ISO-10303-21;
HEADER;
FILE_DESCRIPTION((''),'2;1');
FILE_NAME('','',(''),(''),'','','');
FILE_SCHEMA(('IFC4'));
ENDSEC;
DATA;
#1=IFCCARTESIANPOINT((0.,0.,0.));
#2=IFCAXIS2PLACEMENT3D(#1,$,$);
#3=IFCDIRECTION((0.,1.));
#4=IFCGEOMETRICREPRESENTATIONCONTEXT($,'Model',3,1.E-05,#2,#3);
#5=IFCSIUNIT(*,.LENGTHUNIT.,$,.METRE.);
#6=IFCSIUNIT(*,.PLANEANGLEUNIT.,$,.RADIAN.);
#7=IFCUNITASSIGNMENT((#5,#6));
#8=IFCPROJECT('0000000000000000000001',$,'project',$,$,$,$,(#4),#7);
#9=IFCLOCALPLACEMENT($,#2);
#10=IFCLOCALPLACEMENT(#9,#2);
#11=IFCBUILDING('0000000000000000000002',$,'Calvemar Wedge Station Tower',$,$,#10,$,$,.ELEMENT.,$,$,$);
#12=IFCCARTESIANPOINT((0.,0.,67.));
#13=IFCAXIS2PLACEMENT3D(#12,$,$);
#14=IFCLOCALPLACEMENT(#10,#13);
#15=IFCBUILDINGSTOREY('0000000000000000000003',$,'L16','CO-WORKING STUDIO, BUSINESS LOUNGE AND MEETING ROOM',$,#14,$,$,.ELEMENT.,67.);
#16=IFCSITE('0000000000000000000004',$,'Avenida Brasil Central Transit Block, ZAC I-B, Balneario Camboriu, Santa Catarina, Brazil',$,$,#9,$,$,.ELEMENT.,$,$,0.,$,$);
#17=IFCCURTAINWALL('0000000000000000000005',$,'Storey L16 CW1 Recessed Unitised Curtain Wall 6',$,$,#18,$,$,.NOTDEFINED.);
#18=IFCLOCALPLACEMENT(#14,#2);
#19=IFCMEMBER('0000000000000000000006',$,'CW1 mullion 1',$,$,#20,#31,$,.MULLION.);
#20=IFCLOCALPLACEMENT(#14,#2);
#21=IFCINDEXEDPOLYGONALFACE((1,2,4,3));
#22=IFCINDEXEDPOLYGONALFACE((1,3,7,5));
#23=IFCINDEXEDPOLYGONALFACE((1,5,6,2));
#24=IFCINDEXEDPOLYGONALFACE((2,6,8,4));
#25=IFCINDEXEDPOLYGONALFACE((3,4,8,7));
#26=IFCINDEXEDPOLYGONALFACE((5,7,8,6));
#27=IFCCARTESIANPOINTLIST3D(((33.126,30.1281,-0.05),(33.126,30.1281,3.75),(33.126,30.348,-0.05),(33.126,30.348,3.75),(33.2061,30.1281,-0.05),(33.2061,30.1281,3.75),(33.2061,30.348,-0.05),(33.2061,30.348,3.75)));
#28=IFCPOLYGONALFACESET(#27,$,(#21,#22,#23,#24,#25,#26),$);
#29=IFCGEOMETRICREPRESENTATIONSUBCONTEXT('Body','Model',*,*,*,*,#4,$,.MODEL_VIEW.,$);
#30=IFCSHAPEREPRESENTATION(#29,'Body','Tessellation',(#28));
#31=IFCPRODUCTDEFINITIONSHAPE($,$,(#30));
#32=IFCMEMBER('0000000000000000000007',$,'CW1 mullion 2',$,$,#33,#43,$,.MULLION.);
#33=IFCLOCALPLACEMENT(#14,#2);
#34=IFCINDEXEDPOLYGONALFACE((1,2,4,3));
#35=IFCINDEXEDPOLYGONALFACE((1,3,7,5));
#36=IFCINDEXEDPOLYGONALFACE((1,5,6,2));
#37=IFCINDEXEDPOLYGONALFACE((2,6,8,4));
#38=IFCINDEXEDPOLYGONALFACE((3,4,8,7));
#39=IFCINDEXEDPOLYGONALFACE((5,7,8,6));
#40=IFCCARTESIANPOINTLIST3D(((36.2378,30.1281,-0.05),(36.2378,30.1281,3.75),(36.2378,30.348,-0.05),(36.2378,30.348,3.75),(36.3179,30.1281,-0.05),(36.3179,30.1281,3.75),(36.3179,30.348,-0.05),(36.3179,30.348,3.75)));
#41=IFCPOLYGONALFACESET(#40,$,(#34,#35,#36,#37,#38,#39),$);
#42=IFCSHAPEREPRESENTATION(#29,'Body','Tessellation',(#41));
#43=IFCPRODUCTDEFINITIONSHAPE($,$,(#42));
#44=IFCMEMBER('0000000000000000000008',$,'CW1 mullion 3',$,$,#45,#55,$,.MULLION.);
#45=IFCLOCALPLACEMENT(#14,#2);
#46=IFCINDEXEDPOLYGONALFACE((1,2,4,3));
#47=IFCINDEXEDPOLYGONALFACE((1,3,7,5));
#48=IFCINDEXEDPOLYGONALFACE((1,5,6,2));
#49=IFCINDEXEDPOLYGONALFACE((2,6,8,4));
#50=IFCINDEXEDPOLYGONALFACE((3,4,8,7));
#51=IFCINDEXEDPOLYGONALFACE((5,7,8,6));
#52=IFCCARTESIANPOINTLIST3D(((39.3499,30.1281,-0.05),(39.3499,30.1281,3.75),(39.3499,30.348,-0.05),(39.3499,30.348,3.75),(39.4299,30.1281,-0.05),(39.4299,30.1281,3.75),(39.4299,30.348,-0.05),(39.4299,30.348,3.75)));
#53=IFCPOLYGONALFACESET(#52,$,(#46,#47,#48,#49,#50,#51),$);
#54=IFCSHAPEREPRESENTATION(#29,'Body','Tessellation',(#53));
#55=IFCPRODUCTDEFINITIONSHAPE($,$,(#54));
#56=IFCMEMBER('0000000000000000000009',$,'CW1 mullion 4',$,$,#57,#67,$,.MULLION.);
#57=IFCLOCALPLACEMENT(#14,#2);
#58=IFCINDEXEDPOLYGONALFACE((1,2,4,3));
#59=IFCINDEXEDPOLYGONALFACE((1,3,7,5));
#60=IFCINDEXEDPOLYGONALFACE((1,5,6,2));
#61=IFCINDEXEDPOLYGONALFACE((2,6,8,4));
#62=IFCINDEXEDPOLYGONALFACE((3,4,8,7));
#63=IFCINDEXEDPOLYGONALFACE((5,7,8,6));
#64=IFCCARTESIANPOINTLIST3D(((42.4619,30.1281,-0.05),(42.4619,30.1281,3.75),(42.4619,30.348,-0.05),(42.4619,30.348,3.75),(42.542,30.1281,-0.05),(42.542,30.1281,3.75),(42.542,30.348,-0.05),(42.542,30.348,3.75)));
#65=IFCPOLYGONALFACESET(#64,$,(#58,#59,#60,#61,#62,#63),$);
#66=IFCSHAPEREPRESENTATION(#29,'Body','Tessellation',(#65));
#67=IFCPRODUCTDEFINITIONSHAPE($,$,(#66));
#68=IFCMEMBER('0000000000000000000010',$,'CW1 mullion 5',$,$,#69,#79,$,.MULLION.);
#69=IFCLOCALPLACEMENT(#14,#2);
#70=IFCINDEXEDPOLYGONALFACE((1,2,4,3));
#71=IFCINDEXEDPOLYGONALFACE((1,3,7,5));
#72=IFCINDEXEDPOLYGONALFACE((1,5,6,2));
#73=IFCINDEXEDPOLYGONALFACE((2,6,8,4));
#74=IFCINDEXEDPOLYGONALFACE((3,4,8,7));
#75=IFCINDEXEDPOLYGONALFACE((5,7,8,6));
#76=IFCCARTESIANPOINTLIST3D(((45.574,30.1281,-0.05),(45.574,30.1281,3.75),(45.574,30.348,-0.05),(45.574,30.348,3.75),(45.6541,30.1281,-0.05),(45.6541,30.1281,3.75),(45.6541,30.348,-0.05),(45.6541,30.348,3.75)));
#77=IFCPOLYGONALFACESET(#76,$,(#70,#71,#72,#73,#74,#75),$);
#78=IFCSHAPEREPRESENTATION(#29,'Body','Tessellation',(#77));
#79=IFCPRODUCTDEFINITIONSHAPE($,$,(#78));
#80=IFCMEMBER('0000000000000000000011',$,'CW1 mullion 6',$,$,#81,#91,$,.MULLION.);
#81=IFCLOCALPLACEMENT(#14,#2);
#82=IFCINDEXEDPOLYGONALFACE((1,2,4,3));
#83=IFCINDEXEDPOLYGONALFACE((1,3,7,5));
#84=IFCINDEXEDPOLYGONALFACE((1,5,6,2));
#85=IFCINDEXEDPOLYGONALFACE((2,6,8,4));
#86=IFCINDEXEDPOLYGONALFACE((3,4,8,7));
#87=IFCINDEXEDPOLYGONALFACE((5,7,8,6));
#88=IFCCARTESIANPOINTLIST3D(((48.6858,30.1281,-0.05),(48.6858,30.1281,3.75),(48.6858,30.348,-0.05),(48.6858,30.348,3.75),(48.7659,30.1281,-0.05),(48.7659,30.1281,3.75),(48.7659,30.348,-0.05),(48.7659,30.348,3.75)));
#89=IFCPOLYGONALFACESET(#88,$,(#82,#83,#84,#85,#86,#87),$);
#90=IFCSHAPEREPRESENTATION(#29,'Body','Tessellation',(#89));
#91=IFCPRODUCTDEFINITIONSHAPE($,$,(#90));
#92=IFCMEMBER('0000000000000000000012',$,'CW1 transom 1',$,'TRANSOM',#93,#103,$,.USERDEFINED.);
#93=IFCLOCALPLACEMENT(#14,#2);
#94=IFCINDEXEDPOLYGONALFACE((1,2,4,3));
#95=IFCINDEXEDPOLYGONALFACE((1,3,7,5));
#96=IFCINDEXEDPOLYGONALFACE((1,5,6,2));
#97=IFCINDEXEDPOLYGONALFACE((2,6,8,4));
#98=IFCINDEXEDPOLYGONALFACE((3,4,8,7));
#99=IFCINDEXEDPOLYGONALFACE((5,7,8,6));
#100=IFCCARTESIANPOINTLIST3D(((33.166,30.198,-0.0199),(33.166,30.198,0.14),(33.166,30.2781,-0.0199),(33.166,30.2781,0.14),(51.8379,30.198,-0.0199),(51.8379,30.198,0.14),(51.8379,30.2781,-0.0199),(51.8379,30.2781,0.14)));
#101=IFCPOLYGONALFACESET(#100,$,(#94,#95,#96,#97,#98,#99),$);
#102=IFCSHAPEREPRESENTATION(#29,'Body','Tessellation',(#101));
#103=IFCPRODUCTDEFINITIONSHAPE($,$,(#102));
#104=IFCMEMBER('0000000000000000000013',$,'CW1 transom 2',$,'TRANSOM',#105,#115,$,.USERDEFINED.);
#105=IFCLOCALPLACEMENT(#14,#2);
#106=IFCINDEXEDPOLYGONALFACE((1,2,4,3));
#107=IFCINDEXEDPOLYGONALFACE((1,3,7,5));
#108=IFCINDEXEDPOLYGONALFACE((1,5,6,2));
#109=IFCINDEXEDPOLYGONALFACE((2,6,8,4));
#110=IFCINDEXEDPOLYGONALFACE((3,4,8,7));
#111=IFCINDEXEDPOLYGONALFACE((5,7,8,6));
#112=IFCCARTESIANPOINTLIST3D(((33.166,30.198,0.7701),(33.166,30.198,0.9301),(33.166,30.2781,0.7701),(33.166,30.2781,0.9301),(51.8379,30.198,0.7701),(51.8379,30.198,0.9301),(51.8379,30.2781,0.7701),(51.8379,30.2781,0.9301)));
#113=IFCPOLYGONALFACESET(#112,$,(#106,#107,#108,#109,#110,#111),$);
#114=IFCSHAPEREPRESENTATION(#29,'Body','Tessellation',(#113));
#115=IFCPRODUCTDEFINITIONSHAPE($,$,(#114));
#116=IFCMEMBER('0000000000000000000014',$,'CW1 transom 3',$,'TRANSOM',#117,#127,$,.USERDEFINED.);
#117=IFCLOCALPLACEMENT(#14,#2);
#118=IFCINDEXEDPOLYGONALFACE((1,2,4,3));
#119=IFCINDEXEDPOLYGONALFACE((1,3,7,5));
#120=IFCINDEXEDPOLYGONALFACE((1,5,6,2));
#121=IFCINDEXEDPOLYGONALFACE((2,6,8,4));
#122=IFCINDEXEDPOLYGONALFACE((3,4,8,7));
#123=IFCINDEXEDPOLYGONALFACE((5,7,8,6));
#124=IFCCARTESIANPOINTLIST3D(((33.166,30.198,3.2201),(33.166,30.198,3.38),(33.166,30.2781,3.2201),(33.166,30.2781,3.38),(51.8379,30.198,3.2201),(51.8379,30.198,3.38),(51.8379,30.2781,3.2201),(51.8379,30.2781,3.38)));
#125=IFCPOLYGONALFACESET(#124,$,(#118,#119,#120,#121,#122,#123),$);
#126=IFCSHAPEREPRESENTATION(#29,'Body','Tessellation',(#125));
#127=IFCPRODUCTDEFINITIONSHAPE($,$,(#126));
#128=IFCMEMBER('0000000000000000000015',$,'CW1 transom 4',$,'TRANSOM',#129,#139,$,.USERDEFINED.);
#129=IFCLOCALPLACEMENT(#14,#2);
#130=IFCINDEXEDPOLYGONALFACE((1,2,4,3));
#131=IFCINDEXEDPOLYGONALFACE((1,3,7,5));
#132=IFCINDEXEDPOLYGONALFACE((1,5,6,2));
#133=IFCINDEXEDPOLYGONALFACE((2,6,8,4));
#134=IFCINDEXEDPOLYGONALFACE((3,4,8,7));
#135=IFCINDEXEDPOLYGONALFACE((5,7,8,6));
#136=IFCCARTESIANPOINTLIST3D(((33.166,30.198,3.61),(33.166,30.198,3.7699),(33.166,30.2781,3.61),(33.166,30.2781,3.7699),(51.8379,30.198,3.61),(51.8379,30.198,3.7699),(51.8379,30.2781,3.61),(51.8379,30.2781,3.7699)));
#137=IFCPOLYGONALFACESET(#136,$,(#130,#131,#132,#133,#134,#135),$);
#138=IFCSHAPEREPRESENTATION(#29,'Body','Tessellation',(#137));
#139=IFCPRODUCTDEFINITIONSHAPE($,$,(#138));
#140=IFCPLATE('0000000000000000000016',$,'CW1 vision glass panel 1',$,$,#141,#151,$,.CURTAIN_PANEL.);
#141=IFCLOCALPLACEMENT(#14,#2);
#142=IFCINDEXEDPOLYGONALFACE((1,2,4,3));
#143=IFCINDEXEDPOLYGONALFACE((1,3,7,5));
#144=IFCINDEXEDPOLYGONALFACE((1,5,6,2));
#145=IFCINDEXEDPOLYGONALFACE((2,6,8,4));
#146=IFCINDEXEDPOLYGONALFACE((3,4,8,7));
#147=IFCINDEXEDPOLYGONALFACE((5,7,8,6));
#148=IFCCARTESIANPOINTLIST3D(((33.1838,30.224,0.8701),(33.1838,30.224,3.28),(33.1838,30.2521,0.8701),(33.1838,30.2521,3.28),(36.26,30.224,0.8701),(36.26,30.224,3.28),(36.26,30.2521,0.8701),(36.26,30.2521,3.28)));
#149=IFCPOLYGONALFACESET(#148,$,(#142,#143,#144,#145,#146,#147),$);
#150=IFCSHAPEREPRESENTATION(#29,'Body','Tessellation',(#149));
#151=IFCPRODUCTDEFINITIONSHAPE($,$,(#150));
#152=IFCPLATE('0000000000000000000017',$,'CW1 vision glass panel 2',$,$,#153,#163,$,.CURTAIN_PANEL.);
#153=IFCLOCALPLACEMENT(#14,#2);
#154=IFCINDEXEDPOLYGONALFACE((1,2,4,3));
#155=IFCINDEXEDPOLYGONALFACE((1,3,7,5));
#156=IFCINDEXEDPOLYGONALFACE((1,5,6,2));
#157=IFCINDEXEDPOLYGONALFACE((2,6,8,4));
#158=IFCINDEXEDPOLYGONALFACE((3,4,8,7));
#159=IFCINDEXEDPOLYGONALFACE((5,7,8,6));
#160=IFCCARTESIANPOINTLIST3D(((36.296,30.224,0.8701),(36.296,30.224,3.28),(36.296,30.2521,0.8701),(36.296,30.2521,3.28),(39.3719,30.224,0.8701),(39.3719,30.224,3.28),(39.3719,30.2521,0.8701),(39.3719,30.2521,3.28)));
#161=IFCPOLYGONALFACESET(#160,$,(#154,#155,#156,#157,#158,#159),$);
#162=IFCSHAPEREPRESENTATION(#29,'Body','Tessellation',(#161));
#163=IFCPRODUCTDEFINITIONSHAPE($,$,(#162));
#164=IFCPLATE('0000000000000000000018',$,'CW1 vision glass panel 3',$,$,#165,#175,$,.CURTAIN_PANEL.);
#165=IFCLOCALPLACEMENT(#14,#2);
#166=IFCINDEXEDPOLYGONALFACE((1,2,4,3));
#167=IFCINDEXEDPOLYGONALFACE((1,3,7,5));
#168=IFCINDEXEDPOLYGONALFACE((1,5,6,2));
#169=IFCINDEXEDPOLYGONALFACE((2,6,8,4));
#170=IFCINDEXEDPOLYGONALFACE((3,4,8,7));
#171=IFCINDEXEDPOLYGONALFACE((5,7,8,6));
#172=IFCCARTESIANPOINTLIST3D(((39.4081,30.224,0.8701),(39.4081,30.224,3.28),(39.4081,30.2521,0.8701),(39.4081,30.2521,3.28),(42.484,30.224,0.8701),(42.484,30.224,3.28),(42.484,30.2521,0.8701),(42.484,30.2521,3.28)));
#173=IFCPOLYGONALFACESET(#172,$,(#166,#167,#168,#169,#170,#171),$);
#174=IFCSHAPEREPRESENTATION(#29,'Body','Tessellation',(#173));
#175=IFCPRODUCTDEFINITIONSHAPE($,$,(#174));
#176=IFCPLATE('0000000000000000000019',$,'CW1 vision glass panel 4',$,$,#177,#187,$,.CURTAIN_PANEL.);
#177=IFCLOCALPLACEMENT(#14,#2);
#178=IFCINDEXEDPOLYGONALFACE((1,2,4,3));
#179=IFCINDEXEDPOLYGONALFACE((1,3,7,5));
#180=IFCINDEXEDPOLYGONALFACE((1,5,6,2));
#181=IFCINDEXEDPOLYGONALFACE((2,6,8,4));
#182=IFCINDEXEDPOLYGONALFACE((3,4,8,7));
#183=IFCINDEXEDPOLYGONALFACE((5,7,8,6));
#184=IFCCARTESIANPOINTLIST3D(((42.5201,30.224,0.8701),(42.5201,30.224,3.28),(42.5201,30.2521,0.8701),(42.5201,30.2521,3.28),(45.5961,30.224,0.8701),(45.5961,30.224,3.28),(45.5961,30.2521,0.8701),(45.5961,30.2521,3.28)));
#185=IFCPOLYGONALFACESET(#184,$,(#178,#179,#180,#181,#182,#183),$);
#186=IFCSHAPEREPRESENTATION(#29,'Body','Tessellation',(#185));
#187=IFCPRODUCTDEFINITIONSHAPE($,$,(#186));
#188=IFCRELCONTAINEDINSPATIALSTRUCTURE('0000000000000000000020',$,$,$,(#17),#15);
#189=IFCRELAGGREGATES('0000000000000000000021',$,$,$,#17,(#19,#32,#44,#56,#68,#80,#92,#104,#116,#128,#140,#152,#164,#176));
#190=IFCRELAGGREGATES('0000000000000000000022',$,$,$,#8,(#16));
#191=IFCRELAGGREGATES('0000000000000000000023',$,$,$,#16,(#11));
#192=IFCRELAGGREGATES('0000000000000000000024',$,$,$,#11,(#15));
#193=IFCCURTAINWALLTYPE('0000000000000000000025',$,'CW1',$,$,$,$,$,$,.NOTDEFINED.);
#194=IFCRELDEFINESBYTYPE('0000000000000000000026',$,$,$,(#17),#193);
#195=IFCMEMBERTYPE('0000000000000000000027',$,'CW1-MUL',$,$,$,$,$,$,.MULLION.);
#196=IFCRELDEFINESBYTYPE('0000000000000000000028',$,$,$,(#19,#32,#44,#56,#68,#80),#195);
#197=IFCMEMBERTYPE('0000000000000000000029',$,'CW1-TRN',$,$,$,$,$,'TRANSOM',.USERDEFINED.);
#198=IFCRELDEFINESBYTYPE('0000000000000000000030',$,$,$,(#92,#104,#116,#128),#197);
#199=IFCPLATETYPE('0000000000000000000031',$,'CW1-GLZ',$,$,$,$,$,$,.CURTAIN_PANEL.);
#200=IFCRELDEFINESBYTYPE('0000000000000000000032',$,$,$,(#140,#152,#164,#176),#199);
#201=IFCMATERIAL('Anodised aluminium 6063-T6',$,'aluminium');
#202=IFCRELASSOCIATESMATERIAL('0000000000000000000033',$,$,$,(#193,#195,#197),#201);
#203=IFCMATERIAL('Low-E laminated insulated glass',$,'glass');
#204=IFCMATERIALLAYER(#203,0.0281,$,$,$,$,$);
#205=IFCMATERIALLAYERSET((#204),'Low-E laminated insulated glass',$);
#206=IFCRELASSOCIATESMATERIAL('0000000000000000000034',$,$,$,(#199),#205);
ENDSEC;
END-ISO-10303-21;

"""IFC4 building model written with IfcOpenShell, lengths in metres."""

from ifc_helpers import new_model, si_unit, direction, frame, frame_2d, origin, origin_2d, place, context, subcontext, project, spatial, rectangle, extrude, source, transform, mapped, material, layer, layer_set, material_profile, profile_set, type_object, element, aggregate, save


model = new_model("IFC4")

# Units and contexts
model_context = context("Model", 3, precision=1e-05, world=origin(), true_north=direction((0.0, 1.0)))
body_context = subcontext(model_context, "Body", "Model", "MODEL_VIEW")
ifc_project = project(units=[si_unit("LENGTHUNIT", "METRE"), si_unit("PLANEANGLEUNIT", "RADIAN")], contexts=[model_context])

# Site, building, storey
site_placement = place(None, origin())
site = spatial("IfcSite", under=ifc_project, at=site_placement, Name="Avenida Brasil Central Transit Block, ZAC I-B, Balneario Camboriu, Santa Catarina, Brazil", CompositionType="ELEMENT", RefElevation=0.0)
building_placement = place(site_placement, origin())
building = spatial("IfcBuilding", under=site, at=building_placement, Name="Calvemar Wedge Station Tower", CompositionType="ELEMENT")
storey_placement = place(building_placement, frame((0.0, 0.0, 67.0)))
storey = spatial("IfcBuildingStorey", under=building, at=storey_placement, Name="L16", Description="CO-WORKING STUDIO, BUSINESS LOUNGE AND MEETING ROOM", CompositionType="ELEMENT", Elevation=67.0)

# Curtain wall, members, plates
ifc_material_1 = material(Name="Anodised aluminium 6063-T6", Category="aluminium")
curtain_wall_type = type_object("IfcCurtainWallType", Name="CW1", PredefinedType="NOTDEFINED", material=ifc_material_1)
curtain_wall_placement = place(storey_placement, origin())
curtain_wall = element("IfcCurtainWall", 1, at=curtain_wall_placement, inside=storey, type_object=curtain_wall_type, Name="Storey L16 CW1 Recessed Unitised Curtain Wall 6", PredefinedType="NOTDEFINED")
ifc_material_profile_1 = material_profile(ifc_material_1, rectangle(XDim=0.0801, YDim=0.22, at=origin_2d()), Name="AL-MUL-80x220")
ifc_profile_set_1 = profile_set([ifc_material_profile_1], Name="Anodised aluminium 6063-T6")
member_type_1 = type_object("IfcMemberType", Name="CW1-MUL", PredefinedType="MULLION", material=ifc_profile_set_1)
shared_shape_1 = source(origin(), body_context, "Body", "SweptSolid", [
    extrude(rectangle(XDim=0.0801, YDim=0.22, at=origin_2d()), origin(), (0.0, 0.0, 1.0), 3.8),
])
member_1_placement = place(storey_placement, frame((33.166, 30.238, -0.05), z_axis=(0.0, 0.0, 1.0), x_axis=(1.0, 0.0, 0.0)))
member_1 = element("IfcMember", 2, at=member_1_placement, type_object=member_type_1, Name="CW1 mullion 1", PredefinedType="MULLION", context=body_context, shape_type="MappedRepresentation", body=[
    mapped(shared_shape_1, transform((0.0, 0.0, 0.0), scale=1.0)),
])
member_2_placement = place(storey_placement, frame((36.2778, 30.238, -0.05), z_axis=(0.0, 0.0, 1.0), x_axis=(1.0, 0.0, 0.0)))
member_2 = element("IfcMember", 3, at=member_2_placement, type_object=member_type_1, Name="CW1 mullion 2", PredefinedType="MULLION", context=body_context, shape_type="MappedRepresentation", body=[
    mapped(shared_shape_1, transform((0.0, 0.0, 0.0), scale=1.0)),
])
member_3_placement = place(storey_placement, frame((39.3899, 30.238, -0.05), z_axis=(0.0, 0.0, 1.0), x_axis=(1.0, 0.0, 0.0)))
member_3 = element("IfcMember", 4, at=member_3_placement, type_object=member_type_1, Name="CW1 mullion 3", PredefinedType="MULLION", context=body_context, shape_type="MappedRepresentation", body=[
    mapped(shared_shape_1, transform((0.0, 0.0, 0.0), scale=1.0)),
])
member_4_placement = place(storey_placement, frame((42.502, 30.238, -0.05), z_axis=(0.0, 0.0, 1.0), x_axis=(1.0, 0.0, 0.0)))
member_4 = element("IfcMember", 5, at=member_4_placement, type_object=member_type_1, Name="CW1 mullion 4", PredefinedType="MULLION", context=body_context, shape_type="MappedRepresentation", body=[
    mapped(shared_shape_1, transform((0.0, 0.0, 0.0), scale=1.0)),
])
member_5_placement = place(storey_placement, frame((45.614, 30.238, -0.05), z_axis=(0.0, 0.0, 1.0), x_axis=(1.0, 0.0, 0.0)))
member_5 = element("IfcMember", 6, at=member_5_placement, type_object=member_type_1, Name="CW1 mullion 5", PredefinedType="MULLION", context=body_context, shape_type="MappedRepresentation", body=[
    mapped(shared_shape_1, transform((0.0, 0.0, 0.0), scale=1.0)),
])
member_6_placement = place(storey_placement, frame((48.7258, 30.238, -0.05), z_axis=(0.0, 0.0, 1.0), x_axis=(1.0, 0.0, 0.0)))
member_6 = element("IfcMember", 7, at=member_6_placement, type_object=member_type_1, Name="CW1 mullion 6", PredefinedType="MULLION", context=body_context, shape_type="MappedRepresentation", body=[
    mapped(shared_shape_1, transform((0.0, 0.0, 0.0), scale=1.0)),
])
ifc_material_profile_2 = material_profile(ifc_material_1, rectangle(XDim=0.0801, YDim=0.1599, at=origin_2d()), Name="AL-TRN-80x160")
ifc_profile_set_2 = profile_set([ifc_material_profile_2], Name="Anodised aluminium 6063-T6")
member_type_2 = type_object("IfcMemberType", Name="CW1-TRN", ElementType="TRANSOM", PredefinedType="USERDEFINED", material=ifc_profile_set_2)
shared_shape_2 = source(origin(), body_context, "Body", "SweptSolid", [
    extrude(rectangle(XDim=0.0801, YDim=0.1599, at=origin_2d()), origin(), (0.0, 0.0, 1.0), 18.6719),
])
member_7_placement = place(storey_placement, frame((33.166, 30.238, 0.0601), z_axis=(1.0, 0.0, 0.0), x_axis=(0.0, 1.0, 0.0)))
member_7 = element("IfcMember", 8, at=member_7_placement, type_object=member_type_2, Name="CW1 transom 1", ObjectType="TRANSOM", PredefinedType="USERDEFINED", context=body_context, shape_type="MappedRepresentation", body=[
    mapped(shared_shape_2, transform((0.0, 0.0, 0.0), scale=1.0)),
])
member_8_placement = place(storey_placement, frame((33.166, 30.238, 0.8501), z_axis=(1.0, 0.0, 0.0), x_axis=(0.0, 1.0, 0.0)))
member_8 = element("IfcMember", 9, at=member_8_placement, type_object=member_type_2, Name="CW1 transom 2", ObjectType="TRANSOM", PredefinedType="USERDEFINED", context=body_context, shape_type="MappedRepresentation", body=[
    mapped(shared_shape_2, transform((0.0, 0.0, 0.0), scale=1.0)),
])
member_9_placement = place(storey_placement, frame((33.166, 30.238, 3.3), z_axis=(1.0, 0.0, 0.0), x_axis=(0.0, 1.0, 0.0)))
member_9 = element("IfcMember", 10, at=member_9_placement, type_object=member_type_2, Name="CW1 transom 3", ObjectType="TRANSOM", PredefinedType="USERDEFINED", context=body_context, shape_type="MappedRepresentation", body=[
    mapped(shared_shape_2, transform((0.0, 0.0, 0.0), scale=1.0)),
])
member_10_placement = place(storey_placement, frame((33.166, 30.238, 3.6899), z_axis=(1.0, 0.0, 0.0), x_axis=(0.0, 1.0, 0.0)))
member_10 = element("IfcMember", 11, at=member_10_placement, type_object=member_type_2, Name="CW1 transom 4", ObjectType="TRANSOM", PredefinedType="USERDEFINED", context=body_context, shape_type="MappedRepresentation", body=[
    mapped(shared_shape_2, transform((0.0, 0.0, 0.0), scale=1.0)),
])
ifc_material_2 = material(Name="Low-E laminated insulated glass", Category="glass")
ifc_layer_1 = layer(ifc_material_2, 0.0281)
ifc_layer_set_1 = layer_set([ifc_layer_1], Name="Low-E laminated insulated glass")
plate_type_1 = type_object("IfcPlateType", Name="CW1-GLZ", PredefinedType="CURTAIN_PANEL", material=ifc_layer_set_1)
plate_1_placement = place(storey_placement, frame((33.1838, 30.238, 0.8701), z_axis=(0.0, 0.0, 1.0), x_axis=(1.0, 0.0, 0.0)))
plate_1 = element("IfcPlate", 12, at=plate_1_placement, type_object=plate_type_1, Name="CW1 vision glass panel 1", PredefinedType="CURTAIN_PANEL", context=body_context, shape_type="SweptSolid", body=[
    extrude(rectangle(XDim=3.0762, YDim=0.0281, at=frame_2d((1.5381, 0.0))), origin(), (0.0, 0.0, 1.0), 2.4099),
])
plate_2_placement = place(storey_placement, frame((36.2959, 30.238, 0.8701), z_axis=(0.0, 0.0, 1.0), x_axis=(1.0, 0.0, 0.0)))
plate_2 = element("IfcPlate", 13, at=plate_2_placement, type_object=plate_type_1, Name="CW1 vision glass panel 2", PredefinedType="CURTAIN_PANEL", context=body_context, shape_type="SweptSolid", body=[
    extrude(rectangle(XDim=3.0759, YDim=0.0281, at=frame_2d((1.5381, 0.0))), origin(), (0.0, 0.0, 1.0), 2.4099),
])
plate_3_placement = place(storey_placement, frame((39.408, 30.238, 0.8701), z_axis=(0.0, 0.0, 1.0), x_axis=(1.0, 0.0, 0.0)))
plate_3 = element("IfcPlate", 14, at=plate_3_placement, type_object=plate_type_1, Name="CW1 vision glass panel 3", PredefinedType="CURTAIN_PANEL", context=body_context, shape_type="SweptSolid", body=[
    extrude(rectangle(XDim=3.0759, YDim=0.0281, at=frame_2d((1.5381, 0.0))), origin(), (0.0, 0.0, 1.0), 2.4099),
])
plate_4_placement = place(storey_placement, frame((42.52, 30.238, 0.8701), z_axis=(0.0, 0.0, 1.0), x_axis=(1.0, 0.0, 0.0)))
plate_4 = element("IfcPlate", 15, at=plate_4_placement, type_object=plate_type_1, Name="CW1 vision glass panel 4", PredefinedType="CURTAIN_PANEL", context=body_context, shape_type="SweptSolid", body=[
    extrude(rectangle(XDim=3.0759, YDim=0.0281, at=frame_2d((1.5381, 0.0))), origin(), (0.0, 0.0, 1.0), 2.4099),
])
aggregate(curtain_wall, [member_1, member_2, member_3, member_4, member_5, member_6, member_7, member_8, member_9, member_10, plate_1, plate_2, plate_3, plate_4])

save(model, "model.ifc")
